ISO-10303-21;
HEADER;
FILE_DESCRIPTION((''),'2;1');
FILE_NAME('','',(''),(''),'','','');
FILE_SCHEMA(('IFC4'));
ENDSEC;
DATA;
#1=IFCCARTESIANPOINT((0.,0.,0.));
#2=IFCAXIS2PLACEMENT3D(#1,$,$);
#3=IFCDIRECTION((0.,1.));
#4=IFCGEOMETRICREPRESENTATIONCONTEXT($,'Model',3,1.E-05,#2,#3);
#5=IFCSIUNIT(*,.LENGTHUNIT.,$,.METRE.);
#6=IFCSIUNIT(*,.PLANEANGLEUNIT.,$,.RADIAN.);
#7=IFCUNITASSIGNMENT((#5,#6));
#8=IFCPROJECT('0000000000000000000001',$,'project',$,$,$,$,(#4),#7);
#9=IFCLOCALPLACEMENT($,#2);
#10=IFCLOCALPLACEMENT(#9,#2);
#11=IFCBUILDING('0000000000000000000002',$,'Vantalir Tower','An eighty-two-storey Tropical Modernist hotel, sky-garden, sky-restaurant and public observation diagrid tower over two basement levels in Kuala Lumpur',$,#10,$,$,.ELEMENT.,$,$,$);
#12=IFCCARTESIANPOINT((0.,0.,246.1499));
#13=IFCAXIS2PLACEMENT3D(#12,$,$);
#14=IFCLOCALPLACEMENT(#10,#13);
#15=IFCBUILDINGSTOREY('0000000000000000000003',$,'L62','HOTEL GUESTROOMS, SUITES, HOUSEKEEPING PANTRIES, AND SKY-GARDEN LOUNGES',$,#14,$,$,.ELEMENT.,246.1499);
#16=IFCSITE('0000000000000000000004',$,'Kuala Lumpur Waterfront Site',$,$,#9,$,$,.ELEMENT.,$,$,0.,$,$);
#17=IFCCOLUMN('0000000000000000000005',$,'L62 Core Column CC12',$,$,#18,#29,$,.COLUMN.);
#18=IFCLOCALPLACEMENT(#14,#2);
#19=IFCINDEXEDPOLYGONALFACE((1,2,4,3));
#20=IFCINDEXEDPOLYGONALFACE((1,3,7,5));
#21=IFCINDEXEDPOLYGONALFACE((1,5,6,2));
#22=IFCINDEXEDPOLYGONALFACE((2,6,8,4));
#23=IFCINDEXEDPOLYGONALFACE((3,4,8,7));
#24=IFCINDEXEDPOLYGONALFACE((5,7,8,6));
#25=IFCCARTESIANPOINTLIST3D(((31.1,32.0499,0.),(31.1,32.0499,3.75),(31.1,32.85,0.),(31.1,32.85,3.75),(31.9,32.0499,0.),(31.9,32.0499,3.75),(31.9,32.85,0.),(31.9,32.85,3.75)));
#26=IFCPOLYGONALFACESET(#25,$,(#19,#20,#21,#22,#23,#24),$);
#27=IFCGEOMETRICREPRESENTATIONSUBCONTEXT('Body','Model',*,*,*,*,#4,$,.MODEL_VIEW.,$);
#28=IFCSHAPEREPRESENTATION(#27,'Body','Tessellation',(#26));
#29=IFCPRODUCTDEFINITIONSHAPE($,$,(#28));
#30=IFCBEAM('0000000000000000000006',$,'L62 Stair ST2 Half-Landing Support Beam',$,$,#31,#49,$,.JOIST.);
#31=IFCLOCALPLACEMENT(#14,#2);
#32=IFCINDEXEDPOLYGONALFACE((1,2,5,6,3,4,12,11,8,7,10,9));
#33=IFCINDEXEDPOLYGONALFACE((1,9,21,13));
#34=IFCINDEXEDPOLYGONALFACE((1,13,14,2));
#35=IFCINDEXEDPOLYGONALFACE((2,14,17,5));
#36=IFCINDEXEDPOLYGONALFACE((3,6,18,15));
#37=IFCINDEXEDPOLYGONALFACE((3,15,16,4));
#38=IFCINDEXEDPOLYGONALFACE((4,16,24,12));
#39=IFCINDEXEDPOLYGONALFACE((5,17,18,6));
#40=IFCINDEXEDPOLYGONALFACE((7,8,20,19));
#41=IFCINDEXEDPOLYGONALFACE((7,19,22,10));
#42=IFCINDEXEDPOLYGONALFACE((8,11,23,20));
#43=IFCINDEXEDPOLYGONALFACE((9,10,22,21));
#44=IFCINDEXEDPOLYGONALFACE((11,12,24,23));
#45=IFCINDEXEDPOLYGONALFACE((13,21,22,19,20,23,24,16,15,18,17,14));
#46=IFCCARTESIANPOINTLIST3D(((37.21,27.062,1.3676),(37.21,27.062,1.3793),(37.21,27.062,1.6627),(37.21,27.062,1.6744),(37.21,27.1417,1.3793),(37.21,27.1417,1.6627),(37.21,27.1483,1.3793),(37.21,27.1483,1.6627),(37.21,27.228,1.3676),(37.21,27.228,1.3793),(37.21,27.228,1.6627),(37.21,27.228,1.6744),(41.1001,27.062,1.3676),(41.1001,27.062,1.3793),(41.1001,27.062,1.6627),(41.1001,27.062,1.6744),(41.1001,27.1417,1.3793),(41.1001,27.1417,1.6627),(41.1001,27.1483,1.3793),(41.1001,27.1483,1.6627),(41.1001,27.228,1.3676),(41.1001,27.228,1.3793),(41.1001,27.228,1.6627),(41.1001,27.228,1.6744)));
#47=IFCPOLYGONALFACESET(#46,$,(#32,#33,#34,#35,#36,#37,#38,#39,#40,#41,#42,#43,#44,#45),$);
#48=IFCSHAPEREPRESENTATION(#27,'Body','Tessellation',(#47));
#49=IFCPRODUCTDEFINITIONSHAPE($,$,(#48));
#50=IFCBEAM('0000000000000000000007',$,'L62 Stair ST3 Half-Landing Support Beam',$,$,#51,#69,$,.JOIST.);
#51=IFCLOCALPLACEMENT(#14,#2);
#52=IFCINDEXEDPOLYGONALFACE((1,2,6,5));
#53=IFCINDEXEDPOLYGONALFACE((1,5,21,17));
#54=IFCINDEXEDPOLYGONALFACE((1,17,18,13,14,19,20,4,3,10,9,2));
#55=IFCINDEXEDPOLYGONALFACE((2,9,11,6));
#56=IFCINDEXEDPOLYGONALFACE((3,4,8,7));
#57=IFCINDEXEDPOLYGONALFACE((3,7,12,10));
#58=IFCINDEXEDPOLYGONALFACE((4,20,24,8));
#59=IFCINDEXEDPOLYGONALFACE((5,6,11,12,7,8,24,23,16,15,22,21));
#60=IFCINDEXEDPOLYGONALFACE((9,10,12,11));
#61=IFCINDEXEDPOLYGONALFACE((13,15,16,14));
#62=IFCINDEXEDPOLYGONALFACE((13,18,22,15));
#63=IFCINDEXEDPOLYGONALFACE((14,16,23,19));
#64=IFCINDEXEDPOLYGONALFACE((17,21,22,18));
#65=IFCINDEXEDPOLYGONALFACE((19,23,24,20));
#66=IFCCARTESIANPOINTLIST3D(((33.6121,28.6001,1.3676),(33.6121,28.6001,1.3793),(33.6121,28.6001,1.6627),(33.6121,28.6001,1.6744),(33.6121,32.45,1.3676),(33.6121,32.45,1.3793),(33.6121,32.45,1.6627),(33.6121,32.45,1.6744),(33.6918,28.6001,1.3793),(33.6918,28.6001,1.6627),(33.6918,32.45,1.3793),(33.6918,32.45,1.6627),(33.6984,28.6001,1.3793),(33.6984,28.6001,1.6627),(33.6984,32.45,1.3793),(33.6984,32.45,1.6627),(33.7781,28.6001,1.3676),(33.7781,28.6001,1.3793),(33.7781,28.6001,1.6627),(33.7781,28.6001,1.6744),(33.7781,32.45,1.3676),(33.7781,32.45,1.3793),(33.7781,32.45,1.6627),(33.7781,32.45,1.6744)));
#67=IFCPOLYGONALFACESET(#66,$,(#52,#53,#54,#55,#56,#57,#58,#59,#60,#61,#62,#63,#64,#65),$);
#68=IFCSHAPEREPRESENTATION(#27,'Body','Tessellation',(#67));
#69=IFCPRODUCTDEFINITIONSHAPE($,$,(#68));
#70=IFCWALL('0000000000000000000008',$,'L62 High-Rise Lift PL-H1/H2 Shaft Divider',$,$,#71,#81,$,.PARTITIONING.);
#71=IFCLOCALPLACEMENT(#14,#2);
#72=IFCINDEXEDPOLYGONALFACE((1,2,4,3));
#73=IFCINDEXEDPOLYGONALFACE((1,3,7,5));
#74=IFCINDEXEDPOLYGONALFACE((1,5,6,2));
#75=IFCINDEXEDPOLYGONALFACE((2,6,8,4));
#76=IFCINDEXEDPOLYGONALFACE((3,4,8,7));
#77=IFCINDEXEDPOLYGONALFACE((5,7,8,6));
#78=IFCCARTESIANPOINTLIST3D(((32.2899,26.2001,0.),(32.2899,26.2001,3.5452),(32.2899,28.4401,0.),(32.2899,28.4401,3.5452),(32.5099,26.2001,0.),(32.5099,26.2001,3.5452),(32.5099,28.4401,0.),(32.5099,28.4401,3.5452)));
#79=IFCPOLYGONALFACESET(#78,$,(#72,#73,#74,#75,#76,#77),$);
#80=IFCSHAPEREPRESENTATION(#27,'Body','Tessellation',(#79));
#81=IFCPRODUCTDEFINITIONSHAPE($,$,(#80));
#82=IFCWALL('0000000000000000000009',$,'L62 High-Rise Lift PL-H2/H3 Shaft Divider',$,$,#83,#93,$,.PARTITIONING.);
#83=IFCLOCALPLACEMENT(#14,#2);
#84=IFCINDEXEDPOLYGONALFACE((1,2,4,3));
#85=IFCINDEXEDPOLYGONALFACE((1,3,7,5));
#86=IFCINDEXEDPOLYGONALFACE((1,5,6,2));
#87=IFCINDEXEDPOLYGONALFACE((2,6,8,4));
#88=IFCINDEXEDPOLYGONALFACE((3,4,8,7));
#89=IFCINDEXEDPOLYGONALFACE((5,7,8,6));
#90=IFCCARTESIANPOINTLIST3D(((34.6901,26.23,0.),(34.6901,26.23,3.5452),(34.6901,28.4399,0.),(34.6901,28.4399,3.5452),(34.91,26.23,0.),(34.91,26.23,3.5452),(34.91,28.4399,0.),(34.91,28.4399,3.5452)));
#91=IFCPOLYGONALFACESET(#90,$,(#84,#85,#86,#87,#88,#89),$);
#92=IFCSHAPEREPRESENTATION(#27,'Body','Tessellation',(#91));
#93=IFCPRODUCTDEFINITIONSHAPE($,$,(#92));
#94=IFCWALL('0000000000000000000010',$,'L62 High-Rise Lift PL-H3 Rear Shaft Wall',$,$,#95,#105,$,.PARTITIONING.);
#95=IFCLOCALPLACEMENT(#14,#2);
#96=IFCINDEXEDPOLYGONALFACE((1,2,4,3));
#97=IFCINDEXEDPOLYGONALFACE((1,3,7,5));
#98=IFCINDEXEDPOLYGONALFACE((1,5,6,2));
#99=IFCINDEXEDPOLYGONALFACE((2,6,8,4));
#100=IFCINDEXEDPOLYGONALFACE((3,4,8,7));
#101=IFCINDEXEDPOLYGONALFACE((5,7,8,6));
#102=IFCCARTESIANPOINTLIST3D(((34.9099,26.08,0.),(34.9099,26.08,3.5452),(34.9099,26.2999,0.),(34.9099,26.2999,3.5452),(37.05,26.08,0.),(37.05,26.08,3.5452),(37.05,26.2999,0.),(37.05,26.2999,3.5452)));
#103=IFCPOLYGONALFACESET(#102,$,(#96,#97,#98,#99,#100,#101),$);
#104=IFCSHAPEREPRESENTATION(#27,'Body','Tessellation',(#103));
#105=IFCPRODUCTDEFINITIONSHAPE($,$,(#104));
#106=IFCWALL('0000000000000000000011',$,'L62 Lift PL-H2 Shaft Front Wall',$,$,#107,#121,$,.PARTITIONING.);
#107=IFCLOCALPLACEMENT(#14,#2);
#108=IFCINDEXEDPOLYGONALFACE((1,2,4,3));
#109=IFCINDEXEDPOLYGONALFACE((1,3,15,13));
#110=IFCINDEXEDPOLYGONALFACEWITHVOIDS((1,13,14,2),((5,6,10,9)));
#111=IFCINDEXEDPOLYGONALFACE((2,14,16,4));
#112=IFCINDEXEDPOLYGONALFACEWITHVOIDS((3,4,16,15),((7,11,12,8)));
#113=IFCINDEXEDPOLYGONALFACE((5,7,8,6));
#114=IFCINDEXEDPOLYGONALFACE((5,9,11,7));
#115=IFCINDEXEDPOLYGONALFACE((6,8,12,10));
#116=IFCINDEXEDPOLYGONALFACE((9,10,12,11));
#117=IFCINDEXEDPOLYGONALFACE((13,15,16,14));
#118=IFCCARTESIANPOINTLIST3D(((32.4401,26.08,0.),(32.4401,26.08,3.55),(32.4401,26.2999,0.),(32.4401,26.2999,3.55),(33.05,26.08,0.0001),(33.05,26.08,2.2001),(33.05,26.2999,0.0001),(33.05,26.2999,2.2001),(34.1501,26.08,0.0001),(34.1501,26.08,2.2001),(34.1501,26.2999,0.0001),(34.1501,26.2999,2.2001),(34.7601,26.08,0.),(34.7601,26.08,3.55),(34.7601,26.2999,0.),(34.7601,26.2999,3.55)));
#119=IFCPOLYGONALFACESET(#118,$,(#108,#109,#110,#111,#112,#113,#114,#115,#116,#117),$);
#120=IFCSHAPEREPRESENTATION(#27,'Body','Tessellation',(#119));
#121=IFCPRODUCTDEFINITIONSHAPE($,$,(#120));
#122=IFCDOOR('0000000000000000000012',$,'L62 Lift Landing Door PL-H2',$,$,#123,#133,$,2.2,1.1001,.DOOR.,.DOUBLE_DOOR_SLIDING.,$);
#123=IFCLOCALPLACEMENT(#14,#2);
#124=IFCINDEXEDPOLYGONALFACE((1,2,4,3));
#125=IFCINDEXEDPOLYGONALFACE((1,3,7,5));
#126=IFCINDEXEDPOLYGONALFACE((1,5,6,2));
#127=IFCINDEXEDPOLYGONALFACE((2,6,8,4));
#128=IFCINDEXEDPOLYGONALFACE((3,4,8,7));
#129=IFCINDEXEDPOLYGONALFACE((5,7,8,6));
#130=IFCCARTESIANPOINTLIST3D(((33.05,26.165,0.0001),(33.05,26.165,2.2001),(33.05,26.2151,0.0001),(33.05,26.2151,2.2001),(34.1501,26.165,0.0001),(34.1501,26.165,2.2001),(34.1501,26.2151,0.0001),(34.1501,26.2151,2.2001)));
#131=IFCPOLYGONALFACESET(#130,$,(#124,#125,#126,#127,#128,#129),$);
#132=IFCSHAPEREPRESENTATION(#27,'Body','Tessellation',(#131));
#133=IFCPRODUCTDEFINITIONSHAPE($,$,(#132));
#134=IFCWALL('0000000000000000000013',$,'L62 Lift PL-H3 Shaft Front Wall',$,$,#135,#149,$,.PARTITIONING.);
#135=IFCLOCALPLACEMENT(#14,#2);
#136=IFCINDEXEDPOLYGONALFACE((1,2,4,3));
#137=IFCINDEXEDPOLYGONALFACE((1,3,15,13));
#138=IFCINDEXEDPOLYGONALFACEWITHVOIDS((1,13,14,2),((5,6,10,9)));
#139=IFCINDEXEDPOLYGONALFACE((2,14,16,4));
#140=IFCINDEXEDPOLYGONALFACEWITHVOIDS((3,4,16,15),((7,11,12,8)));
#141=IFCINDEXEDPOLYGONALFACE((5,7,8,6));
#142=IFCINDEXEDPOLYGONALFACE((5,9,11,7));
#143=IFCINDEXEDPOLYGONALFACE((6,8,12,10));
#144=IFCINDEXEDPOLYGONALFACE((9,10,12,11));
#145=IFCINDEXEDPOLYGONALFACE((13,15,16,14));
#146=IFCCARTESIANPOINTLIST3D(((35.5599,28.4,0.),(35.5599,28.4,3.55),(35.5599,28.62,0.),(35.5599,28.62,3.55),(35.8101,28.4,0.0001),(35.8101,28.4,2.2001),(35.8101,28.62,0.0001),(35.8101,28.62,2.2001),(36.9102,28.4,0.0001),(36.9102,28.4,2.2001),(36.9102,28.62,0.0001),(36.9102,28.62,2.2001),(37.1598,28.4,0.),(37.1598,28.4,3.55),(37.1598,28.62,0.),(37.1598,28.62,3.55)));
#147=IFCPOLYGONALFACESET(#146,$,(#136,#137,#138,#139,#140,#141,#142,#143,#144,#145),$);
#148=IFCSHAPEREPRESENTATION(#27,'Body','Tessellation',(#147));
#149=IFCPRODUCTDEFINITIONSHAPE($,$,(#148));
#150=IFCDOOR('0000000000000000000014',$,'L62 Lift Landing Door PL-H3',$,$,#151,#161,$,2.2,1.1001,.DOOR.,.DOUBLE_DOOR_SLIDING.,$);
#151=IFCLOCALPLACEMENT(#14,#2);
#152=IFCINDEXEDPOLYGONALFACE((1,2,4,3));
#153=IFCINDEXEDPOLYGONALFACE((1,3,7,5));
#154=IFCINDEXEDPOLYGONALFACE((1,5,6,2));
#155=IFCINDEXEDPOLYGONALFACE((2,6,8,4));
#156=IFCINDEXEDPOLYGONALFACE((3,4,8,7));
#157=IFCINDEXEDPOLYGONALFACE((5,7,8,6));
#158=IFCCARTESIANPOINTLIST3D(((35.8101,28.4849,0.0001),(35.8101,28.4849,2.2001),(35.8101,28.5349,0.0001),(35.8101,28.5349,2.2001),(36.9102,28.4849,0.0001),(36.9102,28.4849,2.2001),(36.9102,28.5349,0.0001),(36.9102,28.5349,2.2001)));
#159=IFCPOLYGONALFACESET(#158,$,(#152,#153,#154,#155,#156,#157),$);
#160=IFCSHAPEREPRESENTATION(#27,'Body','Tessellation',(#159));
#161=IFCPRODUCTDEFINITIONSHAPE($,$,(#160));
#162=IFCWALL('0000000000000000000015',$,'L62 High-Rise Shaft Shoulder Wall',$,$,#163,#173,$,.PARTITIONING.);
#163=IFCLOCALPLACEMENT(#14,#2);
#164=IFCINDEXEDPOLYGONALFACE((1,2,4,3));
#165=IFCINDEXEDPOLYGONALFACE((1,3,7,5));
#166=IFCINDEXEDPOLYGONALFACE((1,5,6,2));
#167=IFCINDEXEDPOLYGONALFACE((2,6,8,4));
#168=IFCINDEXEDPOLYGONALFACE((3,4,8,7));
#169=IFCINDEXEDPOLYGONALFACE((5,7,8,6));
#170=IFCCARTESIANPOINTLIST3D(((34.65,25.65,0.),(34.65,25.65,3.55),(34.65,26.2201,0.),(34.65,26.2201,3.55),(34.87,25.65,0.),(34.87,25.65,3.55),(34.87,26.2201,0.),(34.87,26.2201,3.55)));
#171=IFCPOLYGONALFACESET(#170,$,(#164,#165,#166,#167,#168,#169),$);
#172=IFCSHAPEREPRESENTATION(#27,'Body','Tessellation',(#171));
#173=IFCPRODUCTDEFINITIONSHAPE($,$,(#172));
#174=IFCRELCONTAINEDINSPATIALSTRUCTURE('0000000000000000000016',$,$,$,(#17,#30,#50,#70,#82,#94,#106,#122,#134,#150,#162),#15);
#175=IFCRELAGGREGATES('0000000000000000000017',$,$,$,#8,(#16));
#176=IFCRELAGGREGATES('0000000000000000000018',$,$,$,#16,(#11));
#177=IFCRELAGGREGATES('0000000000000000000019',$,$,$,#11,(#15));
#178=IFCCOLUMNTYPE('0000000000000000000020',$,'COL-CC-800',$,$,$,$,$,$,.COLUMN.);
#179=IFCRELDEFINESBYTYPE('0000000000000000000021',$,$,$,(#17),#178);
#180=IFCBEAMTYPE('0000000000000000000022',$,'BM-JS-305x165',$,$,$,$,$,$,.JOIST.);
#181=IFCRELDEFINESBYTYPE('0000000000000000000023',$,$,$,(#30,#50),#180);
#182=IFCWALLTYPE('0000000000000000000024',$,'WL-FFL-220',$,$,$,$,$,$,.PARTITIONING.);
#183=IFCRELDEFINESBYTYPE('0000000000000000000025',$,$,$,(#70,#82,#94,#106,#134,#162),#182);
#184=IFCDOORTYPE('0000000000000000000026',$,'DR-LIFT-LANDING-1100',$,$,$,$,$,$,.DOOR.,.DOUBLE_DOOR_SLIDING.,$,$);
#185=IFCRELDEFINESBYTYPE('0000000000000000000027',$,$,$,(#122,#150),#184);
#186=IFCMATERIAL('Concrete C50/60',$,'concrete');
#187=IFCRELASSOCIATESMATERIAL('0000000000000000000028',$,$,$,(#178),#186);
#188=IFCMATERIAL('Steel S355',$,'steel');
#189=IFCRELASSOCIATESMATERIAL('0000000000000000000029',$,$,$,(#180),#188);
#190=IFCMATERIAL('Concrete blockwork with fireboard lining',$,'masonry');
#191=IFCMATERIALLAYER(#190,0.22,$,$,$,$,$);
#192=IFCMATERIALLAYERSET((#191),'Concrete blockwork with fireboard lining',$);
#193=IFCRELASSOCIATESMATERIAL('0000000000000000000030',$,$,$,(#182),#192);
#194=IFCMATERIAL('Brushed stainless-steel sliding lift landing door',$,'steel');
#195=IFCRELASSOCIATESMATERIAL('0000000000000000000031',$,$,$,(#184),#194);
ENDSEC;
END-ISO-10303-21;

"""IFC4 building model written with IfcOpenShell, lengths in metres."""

from ifc_helpers import new_model, si_unit, direction, frame, frame_2d, origin, origin_2d, place, context, subcontext, project, spatial, rectangle, i_section, extrude, material, layer, layer_set, material_profile, profile_set, type_object, element, fill, save


model = new_model("IFC4")

# Units and contexts
model_context = context("Model", 3, precision=1e-05, world=origin(), true_north=direction((0.0, 1.0)))
body_context = subcontext(model_context, "Body", "Model", "MODEL_VIEW")
ifc_project = project(units=[si_unit("LENGTHUNIT", "METRE"), si_unit("PLANEANGLEUNIT", "RADIAN")], contexts=[model_context])

# Site, building, storey
site_placement = place(None, origin())
site = spatial("IfcSite", under=ifc_project, at=site_placement, Name="Kuala Lumpur Waterfront Site", CompositionType="ELEMENT", RefElevation=0.0)
building_placement = place(site_placement, origin())
building = spatial("IfcBuilding", under=site, at=building_placement, Name="Vantalir Tower", Description="An eighty-two-storey Tropical Modernist hotel, sky-garden, sky-restaurant and public observation diagrid tower over two basement levels in Kuala Lumpur", CompositionType="ELEMENT")
storey_placement = place(building_placement, frame((0.0, 0.0, 246.1499)))
storey = spatial("IfcBuildingStorey", under=building, at=storey_placement, Name="L62", Description="HOTEL GUESTROOMS, SUITES, HOUSEKEEPING PANTRIES, AND SKY-GARDEN LOUNGES", CompositionType="ELEMENT", Elevation=246.1499)

# Column
ifc_material_1 = material(Name="Concrete C50/60", Category="concrete")
ifc_material_profile_1 = material_profile(ifc_material_1, rectangle(XDim=0.8, YDim=0.8, at=origin_2d()), Name="Concrete C50/60")
ifc_profile_set_1 = profile_set([ifc_material_profile_1], Name="Concrete C50/60")
column_type = type_object("IfcColumnType", Name="COL-CC-800", PredefinedType="COLUMN", material=ifc_profile_set_1)
column_placement = place(storey_placement, frame((31.5, 32.45, 0.0), z_axis=(0.0, 0.0, 1.0), x_axis=(1.0, 0.0, 0.0)))
element("IfcColumn", 1, at=column_placement, inside=storey, type_object=column_type, Name="L62 Core Column CC12", PredefinedType="COLUMN", context=body_context, shape_type="SweptSolid", body=[
    extrude(rectangle(XDim=0.8, YDim=0.8, at=origin_2d()), origin(), (0.0, 0.0, 1.0), 3.75),
])

# Beams
ifc_material_2 = material(Name="Steel S355", Category="steel")
ifc_material_profile_2 = material_profile(ifc_material_2, i_section(OverallWidth=0.166, OverallDepth=0.3069, WebThickness=0.0066, FlangeThickness=0.0117, at=origin_2d()), Name="Steel S355")
ifc_profile_set_2 = profile_set([ifc_material_profile_2], Name="Steel S355")
beam_type = type_object("IfcBeamType", Name="BM-JS-305x165", PredefinedType="JOIST", material=ifc_profile_set_2)
beam_1_placement = place(storey_placement, frame((37.21, 27.145, 1.521), z_axis=(1.0, 0.0, 0.0), x_axis=(0.0, 1.0, 0.0)))
element("IfcBeam", 2, at=beam_1_placement, inside=storey, type_object=beam_type, Name="L62 Stair ST2 Half-Landing Support Beam", PredefinedType="JOIST", context=body_context, shape_type="SweptSolid", body=[
    extrude(i_section(OverallWidth=0.166, OverallDepth=0.3069, WebThickness=0.0066, FlangeThickness=0.0117, at=origin_2d()), origin(), (0.0, 0.0, 1.0), 3.8901),
])
beam_2_placement = place(storey_placement, frame((33.6951, 28.6001, 1.521), z_axis=(0.0, 1.0, 0.0), x_axis=(-1.0, 0.0, 0.0)))
element("IfcBeam", 3, at=beam_2_placement, inside=storey, type_object=beam_type, Name="L62 Stair ST3 Half-Landing Support Beam", PredefinedType="JOIST", context=body_context, shape_type="SweptSolid", body=[
    extrude(i_section(OverallWidth=0.166, OverallDepth=0.3069, WebThickness=0.0066, FlangeThickness=0.0117, at=origin_2d()), origin(), (0.0, 0.0, 1.0), 3.8499),
])

# Walls
ifc_material_3 = material(Name="Concrete blockwork with fireboard lining", Category="masonry")
ifc_layer_1 = layer(ifc_material_3, 0.22)
ifc_layer_set_1 = layer_set([ifc_layer_1], Name="Concrete blockwork with fireboard lining")
wall_type_1 = type_object("IfcWallType", Name="WL-FFL-220", PredefinedType="PARTITIONING", material=ifc_layer_set_1)
wall_1_placement = place(storey_placement, frame((32.3999, 26.2, 0.0), z_axis=(0.0, 0.0, 1.0), x_axis=(0.0, 1.0, 0.0)))
element("IfcWall", 4, at=wall_1_placement, inside=storey, type_object=wall_type_1, Name="L62 High-Rise Lift PL-H1/H2 Shaft Divider", PredefinedType="PARTITIONING", context=body_context, shape_type="SweptSolid", body=[
    extrude(rectangle(XDim=2.24, YDim=0.22, at=frame_2d((1.1201, 0.0))), origin(), (0.0, 0.0, 1.0), 3.5452),
])
wall_2_placement = place(storey_placement, frame((34.8, 26.23, 0.0), z_axis=(0.0, 0.0, 1.0), x_axis=(0.0, 1.0, 0.0)))
element("IfcWall", 5, at=wall_2_placement, inside=storey, type_object=wall_type_1, Name="L62 High-Rise Lift PL-H2/H3 Shaft Divider", PredefinedType="PARTITIONING", context=body_context, shape_type="SweptSolid", body=[
    extrude(rectangle(XDim=2.21, YDim=0.22, at=frame_2d((1.105, 0.0))), origin(), (0.0, 0.0, 1.0), 3.5452),
])
wall_3_placement = place(storey_placement, frame((34.9099, 26.1899, 0.0), z_axis=(0.0, 0.0, 1.0), x_axis=(1.0, 0.0, 0.0)))
element("IfcWall", 6, at=wall_3_placement, inside=storey, type_object=wall_type_1, Name="L62 High-Rise Lift PL-H3 Rear Shaft Wall", PredefinedType="PARTITIONING", context=body_context, shape_type="SweptSolid", body=[
    extrude(rectangle(XDim=2.1401, YDim=0.22, at=frame_2d((1.0701, 0.0))), origin(), (0.0, 0.0, 1.0), 3.5452),
])

# Walls, openings, doors
wall_4_placement = place(storey_placement, frame((32.4399, 26.1899, 0.0), z_axis=(0.0, 0.0, 1.0), x_axis=(1.0, 0.0, 0.0)))
wall_4 = element("IfcWall", 7, at=wall_4_placement, inside=storey, type_object=wall_type_1, Name="L62 Lift PL-H2 Shaft Front Wall", PredefinedType="PARTITIONING", context=body_context, shape_type="SweptSolid", body=[
    extrude(rectangle(XDim=2.3201, YDim=0.22, at=frame_2d((1.1602, 0.0))), origin(), (0.0, 0.0, 1.0), 3.55),
])
opening_1_placement = place(wall_4_placement, frame((0.6101, 0.0, 0.0)))
opening_1 = element("IfcOpeningElement", 8, at=opening_1_placement, cuts=wall_4, PredefinedType="OPENING", context=body_context, shape_type="SweptSolid", body=[
    extrude(rectangle(XDim=1.1001, YDim=2.2, at=frame_2d((0.55, 1.1001))), frame((0.0, 0.1199, 0.0), z_axis=(0.0, -1.0, 0.0), x_axis=(1.0, 0.0, 0.0)), (0.0, 0.0, 1.0), 0.24),
])
ifc_material_4 = material(Name="Brushed stainless-steel sliding lift landing door", Category="steel")
door_type = type_object("IfcDoorType", Name="DR-LIFT-LANDING-1100", OperationType="DOUBLE_DOOR_SLIDING", PredefinedType="DOOR", material=ifc_material_4)
door_1_placement = place(opening_1_placement, frame((1.1001, 0.0, 0.0), z_axis=(0.0, 0.0, 1.0), x_axis=(-1.0, 0.0, 0.0)))
door_1 = element("IfcDoor", 9, at=door_1_placement, inside=storey, type_object=door_type, Name="L62 Lift Landing Door PL-H2", OperationType="DOUBLE_DOOR_SLIDING", OverallHeight=2.2, OverallWidth=1.1001, PredefinedType="DOOR", context=body_context, shape_type="SweptSolid", body=[
    extrude(rectangle(XDim=1.1001, YDim=2.2, at=frame_2d((0.55, 1.1001))), frame((0.0, 0.0249, 0.0), z_axis=(0.0, -1.0, 0.0), x_axis=(1.0, 0.0, 0.0)), (0.0, 0.0, 1.0), 0.05),
])
fill(opening_1, door_1)
wall_5_placement = place(storey_placement, frame((35.5601, 28.51, 0.0), z_axis=(0.0, 0.0, 1.0), x_axis=(1.0, 0.0, 0.0)))
wall_5 = element("IfcWall", 10, at=wall_5_placement, inside=storey, type_object=wall_type_1, Name="L62 Lift PL-H3 Shaft Front Wall", PredefinedType="PARTITIONING", context=body_context, shape_type="SweptSolid", body=[
    extrude(rectangle(XDim=1.5999, YDim=0.22, at=frame_2d((0.7998, 0.0))), origin(), (0.0, 0.0, 1.0), 3.55),
])
opening_2_placement = place(wall_5_placement, frame((0.25, 0.0, 0.0)))
opening_2 = element("IfcOpeningElement", 11, at=opening_2_placement, cuts=wall_5, PredefinedType="OPENING", context=body_context, shape_type="SweptSolid", body=[
    extrude(rectangle(XDim=1.1001, YDim=2.2, at=frame_2d((0.55, 1.1001))), frame((0.0, 0.1199, 0.0), z_axis=(0.0, -1.0, 0.0), x_axis=(1.0, 0.0, 0.0)), (0.0, 0.0, 1.0), 0.24),
])
door_2_placement = place(opening_2_placement, origin())
door_2 = element("IfcDoor", 12, at=door_2_placement, inside=storey, type_object=door_type, Name="L62 Lift Landing Door PL-H3", OperationType="DOUBLE_DOOR_SLIDING", OverallHeight=2.2, OverallWidth=1.1001, PredefinedType="DOOR", context=body_context, shape_type="SweptSolid", body=[
    extrude(rectangle(XDim=1.1001, YDim=2.2, at=frame_2d((0.55, 1.1001))), frame((0.0, 0.0249, 0.0), z_axis=(0.0, -1.0, 0.0), x_axis=(1.0, 0.0, 0.0)), (0.0, 0.0, 1.0), 0.05),
])
fill(opening_2, door_2)

# Wall
wall_6_placement = place(storey_placement, frame((34.76, 25.6499, 0.0), z_axis=(0.0, 0.0, 1.0), x_axis=(0.0, 1.0, 0.0)))
element("IfcWall", 13, at=wall_6_placement, inside=storey, type_object=wall_type_1, Name="L62 High-Rise Shaft Shoulder Wall", PredefinedType="PARTITIONING", context=body_context, shape_type="SweptSolid", body=[
    extrude(rectangle(XDim=0.5701, YDim=0.22, at=frame_2d((0.2852, 0.0))), origin(), (0.0, 0.0, 1.0), 3.55),
])

save(model, "model.ifc")
